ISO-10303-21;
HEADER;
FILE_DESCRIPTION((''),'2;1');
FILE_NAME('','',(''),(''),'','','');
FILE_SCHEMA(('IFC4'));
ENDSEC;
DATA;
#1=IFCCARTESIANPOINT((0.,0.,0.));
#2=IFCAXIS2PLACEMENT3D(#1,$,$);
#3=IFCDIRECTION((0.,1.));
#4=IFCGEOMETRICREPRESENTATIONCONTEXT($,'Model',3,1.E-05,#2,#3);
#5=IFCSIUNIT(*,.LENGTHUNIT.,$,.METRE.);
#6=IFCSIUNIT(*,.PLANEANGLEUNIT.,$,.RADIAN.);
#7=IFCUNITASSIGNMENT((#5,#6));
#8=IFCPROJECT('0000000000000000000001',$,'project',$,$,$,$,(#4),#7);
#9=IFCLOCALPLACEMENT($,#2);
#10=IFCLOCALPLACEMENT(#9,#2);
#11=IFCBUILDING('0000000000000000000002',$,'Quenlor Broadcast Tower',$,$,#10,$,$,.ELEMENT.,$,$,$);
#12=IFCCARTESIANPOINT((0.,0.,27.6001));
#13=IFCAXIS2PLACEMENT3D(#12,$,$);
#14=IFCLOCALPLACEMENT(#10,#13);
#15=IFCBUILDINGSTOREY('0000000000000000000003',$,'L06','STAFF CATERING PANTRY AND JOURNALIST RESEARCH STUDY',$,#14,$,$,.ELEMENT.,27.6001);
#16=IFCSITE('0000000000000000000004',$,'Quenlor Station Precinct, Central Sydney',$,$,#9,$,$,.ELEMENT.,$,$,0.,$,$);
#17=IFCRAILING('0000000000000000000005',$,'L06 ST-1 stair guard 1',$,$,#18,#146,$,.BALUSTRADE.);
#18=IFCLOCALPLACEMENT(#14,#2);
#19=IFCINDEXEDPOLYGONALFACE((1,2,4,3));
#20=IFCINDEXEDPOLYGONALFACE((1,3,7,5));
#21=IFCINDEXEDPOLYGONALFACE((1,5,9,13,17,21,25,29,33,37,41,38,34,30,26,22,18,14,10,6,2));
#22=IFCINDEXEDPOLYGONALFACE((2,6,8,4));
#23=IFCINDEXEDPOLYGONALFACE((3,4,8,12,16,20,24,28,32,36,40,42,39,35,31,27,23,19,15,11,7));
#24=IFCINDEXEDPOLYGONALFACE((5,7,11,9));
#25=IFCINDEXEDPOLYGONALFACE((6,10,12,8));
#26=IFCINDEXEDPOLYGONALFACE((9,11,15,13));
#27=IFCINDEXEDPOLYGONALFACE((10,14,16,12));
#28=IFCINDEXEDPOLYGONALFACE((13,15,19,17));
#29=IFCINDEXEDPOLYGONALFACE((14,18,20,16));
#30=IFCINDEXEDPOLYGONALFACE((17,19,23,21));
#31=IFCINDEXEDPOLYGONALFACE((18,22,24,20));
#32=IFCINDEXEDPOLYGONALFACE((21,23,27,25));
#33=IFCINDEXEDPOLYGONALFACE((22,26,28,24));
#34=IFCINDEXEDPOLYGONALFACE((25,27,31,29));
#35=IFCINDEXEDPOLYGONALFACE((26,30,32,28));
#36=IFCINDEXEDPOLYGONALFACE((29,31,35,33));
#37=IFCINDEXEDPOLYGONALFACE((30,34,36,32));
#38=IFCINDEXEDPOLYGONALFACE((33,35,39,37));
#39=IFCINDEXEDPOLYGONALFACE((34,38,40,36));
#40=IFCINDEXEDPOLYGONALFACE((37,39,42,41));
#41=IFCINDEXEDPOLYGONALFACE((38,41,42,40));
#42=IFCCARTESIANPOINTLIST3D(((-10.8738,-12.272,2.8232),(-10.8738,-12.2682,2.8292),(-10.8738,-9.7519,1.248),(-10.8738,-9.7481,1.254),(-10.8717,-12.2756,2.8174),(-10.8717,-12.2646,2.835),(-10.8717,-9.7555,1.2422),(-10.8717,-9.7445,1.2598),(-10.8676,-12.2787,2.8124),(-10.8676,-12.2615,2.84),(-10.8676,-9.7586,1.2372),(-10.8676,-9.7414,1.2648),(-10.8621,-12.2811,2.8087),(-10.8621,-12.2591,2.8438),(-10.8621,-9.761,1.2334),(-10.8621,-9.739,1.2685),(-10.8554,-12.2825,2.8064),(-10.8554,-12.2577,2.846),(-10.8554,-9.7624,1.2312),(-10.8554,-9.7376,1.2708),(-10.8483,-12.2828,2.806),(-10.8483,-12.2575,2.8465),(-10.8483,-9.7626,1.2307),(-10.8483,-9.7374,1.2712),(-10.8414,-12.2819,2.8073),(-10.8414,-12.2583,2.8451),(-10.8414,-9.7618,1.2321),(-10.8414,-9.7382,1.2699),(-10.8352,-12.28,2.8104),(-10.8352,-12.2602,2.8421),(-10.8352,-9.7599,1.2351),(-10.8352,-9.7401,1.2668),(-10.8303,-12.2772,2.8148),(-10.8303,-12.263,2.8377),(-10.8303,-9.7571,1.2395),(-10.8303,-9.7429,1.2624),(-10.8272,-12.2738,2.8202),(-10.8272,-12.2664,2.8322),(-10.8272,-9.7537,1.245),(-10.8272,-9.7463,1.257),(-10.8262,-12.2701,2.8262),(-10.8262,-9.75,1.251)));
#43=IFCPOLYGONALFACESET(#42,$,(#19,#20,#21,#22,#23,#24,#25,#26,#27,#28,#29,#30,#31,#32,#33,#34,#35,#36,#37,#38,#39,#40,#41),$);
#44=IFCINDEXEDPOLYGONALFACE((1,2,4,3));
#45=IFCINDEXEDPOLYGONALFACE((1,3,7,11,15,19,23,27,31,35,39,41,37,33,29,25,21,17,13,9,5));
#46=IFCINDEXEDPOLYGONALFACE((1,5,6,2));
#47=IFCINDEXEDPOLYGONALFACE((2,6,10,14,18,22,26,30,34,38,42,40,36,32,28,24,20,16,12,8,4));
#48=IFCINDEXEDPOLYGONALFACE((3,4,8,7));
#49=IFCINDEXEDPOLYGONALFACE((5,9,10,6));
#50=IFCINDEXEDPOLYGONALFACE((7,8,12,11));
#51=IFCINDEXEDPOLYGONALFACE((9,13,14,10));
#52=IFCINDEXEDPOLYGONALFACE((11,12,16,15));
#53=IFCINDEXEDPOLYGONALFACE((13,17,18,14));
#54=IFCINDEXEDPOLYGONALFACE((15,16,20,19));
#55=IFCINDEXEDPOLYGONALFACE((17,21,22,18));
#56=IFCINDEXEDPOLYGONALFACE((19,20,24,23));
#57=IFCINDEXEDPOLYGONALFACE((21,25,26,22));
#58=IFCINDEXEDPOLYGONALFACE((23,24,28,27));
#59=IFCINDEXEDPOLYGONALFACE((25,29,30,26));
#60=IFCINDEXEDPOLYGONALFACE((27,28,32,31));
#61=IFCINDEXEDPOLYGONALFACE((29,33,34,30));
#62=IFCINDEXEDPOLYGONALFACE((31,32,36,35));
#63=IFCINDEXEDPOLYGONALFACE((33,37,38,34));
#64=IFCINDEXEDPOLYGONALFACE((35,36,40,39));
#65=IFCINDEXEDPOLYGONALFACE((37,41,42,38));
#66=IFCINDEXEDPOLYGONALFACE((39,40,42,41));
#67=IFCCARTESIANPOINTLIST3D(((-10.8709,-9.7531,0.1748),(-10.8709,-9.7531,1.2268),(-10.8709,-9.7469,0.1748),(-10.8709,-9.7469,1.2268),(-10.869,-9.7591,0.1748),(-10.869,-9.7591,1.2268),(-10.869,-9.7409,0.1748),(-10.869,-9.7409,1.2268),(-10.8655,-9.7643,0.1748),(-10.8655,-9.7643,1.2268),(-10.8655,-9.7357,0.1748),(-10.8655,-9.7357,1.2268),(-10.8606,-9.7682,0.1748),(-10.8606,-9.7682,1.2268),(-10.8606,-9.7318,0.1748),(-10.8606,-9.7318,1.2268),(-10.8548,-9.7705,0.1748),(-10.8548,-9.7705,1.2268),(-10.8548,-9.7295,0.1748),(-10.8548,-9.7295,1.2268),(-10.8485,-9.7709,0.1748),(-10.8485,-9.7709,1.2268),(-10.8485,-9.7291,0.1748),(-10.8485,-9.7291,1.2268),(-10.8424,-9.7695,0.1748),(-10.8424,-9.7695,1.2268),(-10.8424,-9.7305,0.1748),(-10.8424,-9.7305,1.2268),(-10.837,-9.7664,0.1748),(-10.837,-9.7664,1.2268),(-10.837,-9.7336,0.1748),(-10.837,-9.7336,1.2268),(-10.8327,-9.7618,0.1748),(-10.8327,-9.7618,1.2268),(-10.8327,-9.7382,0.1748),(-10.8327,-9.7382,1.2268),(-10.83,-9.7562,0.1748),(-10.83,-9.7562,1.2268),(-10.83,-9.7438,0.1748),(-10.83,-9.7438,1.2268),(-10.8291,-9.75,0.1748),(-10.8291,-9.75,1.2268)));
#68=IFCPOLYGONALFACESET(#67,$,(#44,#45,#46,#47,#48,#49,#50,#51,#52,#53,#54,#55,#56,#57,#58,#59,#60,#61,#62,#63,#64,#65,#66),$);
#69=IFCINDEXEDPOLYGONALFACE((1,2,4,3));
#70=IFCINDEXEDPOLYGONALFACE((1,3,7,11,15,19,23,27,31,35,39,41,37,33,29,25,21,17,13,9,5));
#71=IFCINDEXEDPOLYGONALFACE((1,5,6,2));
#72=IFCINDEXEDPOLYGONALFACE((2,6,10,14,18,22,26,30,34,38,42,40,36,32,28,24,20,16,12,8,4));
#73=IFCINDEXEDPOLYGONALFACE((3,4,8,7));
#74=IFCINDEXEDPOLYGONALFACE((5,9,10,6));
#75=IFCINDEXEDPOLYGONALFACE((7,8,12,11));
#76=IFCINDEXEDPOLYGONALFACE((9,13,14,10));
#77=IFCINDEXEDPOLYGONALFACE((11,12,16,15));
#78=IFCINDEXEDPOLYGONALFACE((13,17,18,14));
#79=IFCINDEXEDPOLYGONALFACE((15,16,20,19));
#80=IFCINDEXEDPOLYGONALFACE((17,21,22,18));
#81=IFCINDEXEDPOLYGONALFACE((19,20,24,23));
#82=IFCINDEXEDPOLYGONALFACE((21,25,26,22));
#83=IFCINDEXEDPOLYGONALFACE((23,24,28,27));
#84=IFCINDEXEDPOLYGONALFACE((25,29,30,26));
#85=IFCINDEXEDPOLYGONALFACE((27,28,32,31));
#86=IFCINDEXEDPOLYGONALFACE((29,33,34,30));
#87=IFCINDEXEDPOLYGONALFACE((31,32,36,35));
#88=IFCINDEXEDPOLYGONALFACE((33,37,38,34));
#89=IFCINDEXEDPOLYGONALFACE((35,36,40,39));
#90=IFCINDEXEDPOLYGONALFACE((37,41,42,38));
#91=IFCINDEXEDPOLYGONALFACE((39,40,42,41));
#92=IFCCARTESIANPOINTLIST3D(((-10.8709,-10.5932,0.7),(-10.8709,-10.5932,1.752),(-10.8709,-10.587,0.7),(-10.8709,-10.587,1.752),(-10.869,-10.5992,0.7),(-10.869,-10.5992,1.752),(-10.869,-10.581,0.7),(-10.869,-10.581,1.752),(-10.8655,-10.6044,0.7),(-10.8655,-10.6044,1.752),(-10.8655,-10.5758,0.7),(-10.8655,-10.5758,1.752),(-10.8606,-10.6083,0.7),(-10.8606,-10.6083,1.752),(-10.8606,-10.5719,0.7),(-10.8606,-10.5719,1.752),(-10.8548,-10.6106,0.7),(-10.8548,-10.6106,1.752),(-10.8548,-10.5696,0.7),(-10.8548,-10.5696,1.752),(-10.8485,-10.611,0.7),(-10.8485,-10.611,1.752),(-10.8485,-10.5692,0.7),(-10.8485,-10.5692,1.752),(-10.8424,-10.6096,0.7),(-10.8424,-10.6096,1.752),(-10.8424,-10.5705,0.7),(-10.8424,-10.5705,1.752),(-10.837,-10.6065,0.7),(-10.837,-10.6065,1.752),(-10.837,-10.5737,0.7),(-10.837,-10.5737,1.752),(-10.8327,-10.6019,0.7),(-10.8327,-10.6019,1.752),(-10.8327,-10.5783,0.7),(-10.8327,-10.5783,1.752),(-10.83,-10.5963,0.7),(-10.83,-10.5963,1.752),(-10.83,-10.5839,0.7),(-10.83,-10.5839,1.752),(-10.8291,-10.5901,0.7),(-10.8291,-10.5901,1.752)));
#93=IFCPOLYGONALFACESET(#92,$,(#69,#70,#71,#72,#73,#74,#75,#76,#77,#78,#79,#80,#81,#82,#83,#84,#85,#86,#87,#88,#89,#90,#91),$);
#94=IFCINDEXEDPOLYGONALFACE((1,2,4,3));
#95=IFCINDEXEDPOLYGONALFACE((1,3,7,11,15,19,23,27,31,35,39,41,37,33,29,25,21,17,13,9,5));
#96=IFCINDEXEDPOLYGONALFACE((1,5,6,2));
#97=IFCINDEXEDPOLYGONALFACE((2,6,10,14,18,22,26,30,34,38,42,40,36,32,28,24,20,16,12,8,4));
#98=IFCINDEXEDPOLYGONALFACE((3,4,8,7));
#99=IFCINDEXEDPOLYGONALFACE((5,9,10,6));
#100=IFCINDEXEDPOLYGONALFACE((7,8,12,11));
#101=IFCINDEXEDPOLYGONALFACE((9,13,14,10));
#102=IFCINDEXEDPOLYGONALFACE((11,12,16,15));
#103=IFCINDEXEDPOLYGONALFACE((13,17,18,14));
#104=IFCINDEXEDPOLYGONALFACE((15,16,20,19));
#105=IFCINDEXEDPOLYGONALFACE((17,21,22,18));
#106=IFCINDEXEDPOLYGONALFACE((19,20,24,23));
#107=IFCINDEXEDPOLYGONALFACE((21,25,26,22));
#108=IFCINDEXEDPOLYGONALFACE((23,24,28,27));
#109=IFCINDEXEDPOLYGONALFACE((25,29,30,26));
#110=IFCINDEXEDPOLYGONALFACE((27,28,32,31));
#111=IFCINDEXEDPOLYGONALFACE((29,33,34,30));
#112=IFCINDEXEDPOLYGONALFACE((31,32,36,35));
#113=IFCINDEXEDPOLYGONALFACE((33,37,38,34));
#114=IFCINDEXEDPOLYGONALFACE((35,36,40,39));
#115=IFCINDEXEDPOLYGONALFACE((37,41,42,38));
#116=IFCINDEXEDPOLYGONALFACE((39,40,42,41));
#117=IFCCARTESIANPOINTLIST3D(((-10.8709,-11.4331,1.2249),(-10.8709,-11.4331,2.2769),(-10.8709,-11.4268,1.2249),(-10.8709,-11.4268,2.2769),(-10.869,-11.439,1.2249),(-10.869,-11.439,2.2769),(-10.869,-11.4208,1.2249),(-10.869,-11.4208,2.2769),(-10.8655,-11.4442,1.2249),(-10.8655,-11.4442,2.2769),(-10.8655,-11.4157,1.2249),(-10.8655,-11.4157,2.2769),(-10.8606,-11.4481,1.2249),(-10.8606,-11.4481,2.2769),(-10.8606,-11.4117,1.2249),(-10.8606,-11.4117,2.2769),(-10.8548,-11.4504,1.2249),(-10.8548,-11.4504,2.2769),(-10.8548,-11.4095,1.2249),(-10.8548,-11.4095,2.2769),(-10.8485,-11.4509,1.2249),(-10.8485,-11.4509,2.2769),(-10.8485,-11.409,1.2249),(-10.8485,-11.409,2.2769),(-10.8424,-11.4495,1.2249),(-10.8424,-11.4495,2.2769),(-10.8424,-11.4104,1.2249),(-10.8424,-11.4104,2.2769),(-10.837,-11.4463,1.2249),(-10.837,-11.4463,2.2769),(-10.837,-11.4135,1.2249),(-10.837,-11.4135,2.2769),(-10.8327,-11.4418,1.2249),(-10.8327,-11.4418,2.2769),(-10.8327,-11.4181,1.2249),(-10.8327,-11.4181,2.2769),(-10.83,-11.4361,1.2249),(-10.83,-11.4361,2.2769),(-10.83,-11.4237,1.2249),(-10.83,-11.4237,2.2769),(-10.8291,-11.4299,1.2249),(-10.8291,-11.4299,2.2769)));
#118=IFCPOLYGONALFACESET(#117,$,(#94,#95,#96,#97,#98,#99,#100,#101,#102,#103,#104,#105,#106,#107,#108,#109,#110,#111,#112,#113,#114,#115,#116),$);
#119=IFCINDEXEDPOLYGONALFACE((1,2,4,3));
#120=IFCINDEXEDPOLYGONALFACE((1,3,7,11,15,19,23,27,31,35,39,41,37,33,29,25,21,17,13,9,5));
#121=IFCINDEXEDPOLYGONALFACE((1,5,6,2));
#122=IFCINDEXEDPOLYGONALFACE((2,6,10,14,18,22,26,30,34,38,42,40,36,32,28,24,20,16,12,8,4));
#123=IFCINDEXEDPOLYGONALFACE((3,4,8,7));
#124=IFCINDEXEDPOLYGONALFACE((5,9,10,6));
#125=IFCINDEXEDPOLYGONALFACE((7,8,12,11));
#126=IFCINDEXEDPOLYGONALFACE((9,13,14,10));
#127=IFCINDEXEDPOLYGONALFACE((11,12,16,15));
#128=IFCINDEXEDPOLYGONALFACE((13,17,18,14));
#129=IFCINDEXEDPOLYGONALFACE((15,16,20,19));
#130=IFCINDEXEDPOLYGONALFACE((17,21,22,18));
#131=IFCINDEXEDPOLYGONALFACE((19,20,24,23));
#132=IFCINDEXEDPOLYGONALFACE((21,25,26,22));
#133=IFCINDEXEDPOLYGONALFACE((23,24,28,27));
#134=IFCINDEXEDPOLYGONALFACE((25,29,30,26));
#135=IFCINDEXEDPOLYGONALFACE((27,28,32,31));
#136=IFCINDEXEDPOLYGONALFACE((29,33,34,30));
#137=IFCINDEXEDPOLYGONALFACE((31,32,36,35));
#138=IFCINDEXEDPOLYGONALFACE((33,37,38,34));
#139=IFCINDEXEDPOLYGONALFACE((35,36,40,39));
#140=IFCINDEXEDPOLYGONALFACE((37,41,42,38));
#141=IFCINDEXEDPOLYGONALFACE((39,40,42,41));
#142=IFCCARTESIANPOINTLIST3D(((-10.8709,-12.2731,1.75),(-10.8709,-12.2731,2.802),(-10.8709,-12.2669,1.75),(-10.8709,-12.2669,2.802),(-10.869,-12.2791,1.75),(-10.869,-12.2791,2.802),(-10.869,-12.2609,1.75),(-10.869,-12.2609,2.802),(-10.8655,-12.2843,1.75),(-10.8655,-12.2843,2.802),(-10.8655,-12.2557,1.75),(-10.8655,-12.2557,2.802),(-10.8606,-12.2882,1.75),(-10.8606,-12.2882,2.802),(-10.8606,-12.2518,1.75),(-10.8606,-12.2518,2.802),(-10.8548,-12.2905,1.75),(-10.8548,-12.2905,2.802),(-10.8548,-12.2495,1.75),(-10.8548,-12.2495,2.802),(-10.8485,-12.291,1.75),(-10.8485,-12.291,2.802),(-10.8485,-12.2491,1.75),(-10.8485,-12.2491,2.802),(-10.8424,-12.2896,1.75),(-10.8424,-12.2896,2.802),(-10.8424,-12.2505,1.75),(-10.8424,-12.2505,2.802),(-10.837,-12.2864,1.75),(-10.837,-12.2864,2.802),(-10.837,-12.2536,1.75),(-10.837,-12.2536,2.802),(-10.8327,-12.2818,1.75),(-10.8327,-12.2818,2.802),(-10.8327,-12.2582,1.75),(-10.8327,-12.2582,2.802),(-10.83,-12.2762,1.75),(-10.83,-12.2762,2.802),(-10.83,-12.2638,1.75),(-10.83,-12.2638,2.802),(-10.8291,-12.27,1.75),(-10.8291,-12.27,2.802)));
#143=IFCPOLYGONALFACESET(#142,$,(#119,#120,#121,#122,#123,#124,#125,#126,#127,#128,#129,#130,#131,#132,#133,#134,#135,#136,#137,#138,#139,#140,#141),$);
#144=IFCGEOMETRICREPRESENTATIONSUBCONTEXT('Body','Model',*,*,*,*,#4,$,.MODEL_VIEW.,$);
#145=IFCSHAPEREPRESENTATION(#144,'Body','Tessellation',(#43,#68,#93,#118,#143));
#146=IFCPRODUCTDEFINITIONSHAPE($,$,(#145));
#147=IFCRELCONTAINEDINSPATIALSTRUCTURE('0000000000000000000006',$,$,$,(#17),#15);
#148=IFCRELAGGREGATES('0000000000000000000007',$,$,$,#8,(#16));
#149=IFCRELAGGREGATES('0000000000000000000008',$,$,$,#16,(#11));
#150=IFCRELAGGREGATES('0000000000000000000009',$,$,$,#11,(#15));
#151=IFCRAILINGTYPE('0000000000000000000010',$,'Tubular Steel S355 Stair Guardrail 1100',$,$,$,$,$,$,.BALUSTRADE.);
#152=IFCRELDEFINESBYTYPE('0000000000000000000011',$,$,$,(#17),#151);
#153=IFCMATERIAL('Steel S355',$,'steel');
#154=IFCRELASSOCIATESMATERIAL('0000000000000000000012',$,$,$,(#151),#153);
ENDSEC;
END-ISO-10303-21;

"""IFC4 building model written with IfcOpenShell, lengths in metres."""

from ifc_helpers import new_model, si_unit, direction, frame, origin, origin_2d, place, context, subcontext, project, spatial, circle, extrude, material, type_object, element, save


model = new_model("IFC4")

# Units and contexts
model_context = context("Model", 3, precision=1e-05, world=origin(), true_north=direction((0.0, 1.0)))
body_context = subcontext(model_context, "Body", "Model", "MODEL_VIEW")
ifc_project = project(units=[si_unit("LENGTHUNIT", "METRE"), si_unit("PLANEANGLEUNIT", "RADIAN")], contexts=[model_context])

# Site, building, storey
site_placement = place(None, origin())
site = spatial("IfcSite", under=ifc_project, at=site_placement, Name="Quenlor Station Precinct, Central Sydney", CompositionType="ELEMENT", RefElevation=0.0)
building_placement = place(site_placement, origin())
building = spatial("IfcBuilding", under=site, at=building_placement, Name="Quenlor Broadcast Tower", CompositionType="ELEMENT")
storey_placement = place(building_placement, frame((0.0, 0.0, 27.6001)))
storey = spatial("IfcBuildingStorey", under=building, at=storey_placement, Name="L06", Description="STAFF CATERING PANTRY AND JOURNALIST RESEARCH STUDY", CompositionType="ELEMENT", Elevation=27.6001)

# Railing
ifc_material_1 = material(Name="Steel S355", Category="steel")
railing_type_1 = type_object("IfcRailingType", Name="Tubular Steel S355 Stair Guardrail 1100", PredefinedType="BALUSTRADE", material=ifc_material_1)
railing_1_placement = place(storey_placement, frame((-10.8501, -9.75, 0.1748)))
element("IfcRailing", 1, at=railing_1_placement, inside=storey, type_object=railing_type_1, Name="L06 ST-1 stair guard 1", PredefinedType="BALUSTRADE", context=body_context, shape_type="SweptSolid", body=[
    extrude(circle(Radius=0.0239, at=origin_2d()), frame((0.0, 0.0, 1.0762), z_axis=(0.0, -0.847971, 0.530043), x_axis=(1.0, 0.0, 0.0)), (0.0, 0.0, 1.0), 2.9719),
    extrude(circle(Radius=0.021, at=origin_2d()), origin(), (0.0, 0.0, 1.0), 1.052),
    extrude(circle(Radius=0.021, at=origin_2d()), frame((0.0, -0.8401, 0.5251)), (0.0, 0.0, 1.0), 1.052),
    extrude(circle(Radius=0.021, at=origin_2d()), frame((0.0, -1.6799, 1.05)), (0.0, 0.0, 1.0), 1.052),
    extrude(circle(Radius=0.021, at=origin_2d()), frame((0.0, -2.52, 1.5752)), (0.0, 0.0, 1.0), 1.052),
])

save(model, "model.ifc")
